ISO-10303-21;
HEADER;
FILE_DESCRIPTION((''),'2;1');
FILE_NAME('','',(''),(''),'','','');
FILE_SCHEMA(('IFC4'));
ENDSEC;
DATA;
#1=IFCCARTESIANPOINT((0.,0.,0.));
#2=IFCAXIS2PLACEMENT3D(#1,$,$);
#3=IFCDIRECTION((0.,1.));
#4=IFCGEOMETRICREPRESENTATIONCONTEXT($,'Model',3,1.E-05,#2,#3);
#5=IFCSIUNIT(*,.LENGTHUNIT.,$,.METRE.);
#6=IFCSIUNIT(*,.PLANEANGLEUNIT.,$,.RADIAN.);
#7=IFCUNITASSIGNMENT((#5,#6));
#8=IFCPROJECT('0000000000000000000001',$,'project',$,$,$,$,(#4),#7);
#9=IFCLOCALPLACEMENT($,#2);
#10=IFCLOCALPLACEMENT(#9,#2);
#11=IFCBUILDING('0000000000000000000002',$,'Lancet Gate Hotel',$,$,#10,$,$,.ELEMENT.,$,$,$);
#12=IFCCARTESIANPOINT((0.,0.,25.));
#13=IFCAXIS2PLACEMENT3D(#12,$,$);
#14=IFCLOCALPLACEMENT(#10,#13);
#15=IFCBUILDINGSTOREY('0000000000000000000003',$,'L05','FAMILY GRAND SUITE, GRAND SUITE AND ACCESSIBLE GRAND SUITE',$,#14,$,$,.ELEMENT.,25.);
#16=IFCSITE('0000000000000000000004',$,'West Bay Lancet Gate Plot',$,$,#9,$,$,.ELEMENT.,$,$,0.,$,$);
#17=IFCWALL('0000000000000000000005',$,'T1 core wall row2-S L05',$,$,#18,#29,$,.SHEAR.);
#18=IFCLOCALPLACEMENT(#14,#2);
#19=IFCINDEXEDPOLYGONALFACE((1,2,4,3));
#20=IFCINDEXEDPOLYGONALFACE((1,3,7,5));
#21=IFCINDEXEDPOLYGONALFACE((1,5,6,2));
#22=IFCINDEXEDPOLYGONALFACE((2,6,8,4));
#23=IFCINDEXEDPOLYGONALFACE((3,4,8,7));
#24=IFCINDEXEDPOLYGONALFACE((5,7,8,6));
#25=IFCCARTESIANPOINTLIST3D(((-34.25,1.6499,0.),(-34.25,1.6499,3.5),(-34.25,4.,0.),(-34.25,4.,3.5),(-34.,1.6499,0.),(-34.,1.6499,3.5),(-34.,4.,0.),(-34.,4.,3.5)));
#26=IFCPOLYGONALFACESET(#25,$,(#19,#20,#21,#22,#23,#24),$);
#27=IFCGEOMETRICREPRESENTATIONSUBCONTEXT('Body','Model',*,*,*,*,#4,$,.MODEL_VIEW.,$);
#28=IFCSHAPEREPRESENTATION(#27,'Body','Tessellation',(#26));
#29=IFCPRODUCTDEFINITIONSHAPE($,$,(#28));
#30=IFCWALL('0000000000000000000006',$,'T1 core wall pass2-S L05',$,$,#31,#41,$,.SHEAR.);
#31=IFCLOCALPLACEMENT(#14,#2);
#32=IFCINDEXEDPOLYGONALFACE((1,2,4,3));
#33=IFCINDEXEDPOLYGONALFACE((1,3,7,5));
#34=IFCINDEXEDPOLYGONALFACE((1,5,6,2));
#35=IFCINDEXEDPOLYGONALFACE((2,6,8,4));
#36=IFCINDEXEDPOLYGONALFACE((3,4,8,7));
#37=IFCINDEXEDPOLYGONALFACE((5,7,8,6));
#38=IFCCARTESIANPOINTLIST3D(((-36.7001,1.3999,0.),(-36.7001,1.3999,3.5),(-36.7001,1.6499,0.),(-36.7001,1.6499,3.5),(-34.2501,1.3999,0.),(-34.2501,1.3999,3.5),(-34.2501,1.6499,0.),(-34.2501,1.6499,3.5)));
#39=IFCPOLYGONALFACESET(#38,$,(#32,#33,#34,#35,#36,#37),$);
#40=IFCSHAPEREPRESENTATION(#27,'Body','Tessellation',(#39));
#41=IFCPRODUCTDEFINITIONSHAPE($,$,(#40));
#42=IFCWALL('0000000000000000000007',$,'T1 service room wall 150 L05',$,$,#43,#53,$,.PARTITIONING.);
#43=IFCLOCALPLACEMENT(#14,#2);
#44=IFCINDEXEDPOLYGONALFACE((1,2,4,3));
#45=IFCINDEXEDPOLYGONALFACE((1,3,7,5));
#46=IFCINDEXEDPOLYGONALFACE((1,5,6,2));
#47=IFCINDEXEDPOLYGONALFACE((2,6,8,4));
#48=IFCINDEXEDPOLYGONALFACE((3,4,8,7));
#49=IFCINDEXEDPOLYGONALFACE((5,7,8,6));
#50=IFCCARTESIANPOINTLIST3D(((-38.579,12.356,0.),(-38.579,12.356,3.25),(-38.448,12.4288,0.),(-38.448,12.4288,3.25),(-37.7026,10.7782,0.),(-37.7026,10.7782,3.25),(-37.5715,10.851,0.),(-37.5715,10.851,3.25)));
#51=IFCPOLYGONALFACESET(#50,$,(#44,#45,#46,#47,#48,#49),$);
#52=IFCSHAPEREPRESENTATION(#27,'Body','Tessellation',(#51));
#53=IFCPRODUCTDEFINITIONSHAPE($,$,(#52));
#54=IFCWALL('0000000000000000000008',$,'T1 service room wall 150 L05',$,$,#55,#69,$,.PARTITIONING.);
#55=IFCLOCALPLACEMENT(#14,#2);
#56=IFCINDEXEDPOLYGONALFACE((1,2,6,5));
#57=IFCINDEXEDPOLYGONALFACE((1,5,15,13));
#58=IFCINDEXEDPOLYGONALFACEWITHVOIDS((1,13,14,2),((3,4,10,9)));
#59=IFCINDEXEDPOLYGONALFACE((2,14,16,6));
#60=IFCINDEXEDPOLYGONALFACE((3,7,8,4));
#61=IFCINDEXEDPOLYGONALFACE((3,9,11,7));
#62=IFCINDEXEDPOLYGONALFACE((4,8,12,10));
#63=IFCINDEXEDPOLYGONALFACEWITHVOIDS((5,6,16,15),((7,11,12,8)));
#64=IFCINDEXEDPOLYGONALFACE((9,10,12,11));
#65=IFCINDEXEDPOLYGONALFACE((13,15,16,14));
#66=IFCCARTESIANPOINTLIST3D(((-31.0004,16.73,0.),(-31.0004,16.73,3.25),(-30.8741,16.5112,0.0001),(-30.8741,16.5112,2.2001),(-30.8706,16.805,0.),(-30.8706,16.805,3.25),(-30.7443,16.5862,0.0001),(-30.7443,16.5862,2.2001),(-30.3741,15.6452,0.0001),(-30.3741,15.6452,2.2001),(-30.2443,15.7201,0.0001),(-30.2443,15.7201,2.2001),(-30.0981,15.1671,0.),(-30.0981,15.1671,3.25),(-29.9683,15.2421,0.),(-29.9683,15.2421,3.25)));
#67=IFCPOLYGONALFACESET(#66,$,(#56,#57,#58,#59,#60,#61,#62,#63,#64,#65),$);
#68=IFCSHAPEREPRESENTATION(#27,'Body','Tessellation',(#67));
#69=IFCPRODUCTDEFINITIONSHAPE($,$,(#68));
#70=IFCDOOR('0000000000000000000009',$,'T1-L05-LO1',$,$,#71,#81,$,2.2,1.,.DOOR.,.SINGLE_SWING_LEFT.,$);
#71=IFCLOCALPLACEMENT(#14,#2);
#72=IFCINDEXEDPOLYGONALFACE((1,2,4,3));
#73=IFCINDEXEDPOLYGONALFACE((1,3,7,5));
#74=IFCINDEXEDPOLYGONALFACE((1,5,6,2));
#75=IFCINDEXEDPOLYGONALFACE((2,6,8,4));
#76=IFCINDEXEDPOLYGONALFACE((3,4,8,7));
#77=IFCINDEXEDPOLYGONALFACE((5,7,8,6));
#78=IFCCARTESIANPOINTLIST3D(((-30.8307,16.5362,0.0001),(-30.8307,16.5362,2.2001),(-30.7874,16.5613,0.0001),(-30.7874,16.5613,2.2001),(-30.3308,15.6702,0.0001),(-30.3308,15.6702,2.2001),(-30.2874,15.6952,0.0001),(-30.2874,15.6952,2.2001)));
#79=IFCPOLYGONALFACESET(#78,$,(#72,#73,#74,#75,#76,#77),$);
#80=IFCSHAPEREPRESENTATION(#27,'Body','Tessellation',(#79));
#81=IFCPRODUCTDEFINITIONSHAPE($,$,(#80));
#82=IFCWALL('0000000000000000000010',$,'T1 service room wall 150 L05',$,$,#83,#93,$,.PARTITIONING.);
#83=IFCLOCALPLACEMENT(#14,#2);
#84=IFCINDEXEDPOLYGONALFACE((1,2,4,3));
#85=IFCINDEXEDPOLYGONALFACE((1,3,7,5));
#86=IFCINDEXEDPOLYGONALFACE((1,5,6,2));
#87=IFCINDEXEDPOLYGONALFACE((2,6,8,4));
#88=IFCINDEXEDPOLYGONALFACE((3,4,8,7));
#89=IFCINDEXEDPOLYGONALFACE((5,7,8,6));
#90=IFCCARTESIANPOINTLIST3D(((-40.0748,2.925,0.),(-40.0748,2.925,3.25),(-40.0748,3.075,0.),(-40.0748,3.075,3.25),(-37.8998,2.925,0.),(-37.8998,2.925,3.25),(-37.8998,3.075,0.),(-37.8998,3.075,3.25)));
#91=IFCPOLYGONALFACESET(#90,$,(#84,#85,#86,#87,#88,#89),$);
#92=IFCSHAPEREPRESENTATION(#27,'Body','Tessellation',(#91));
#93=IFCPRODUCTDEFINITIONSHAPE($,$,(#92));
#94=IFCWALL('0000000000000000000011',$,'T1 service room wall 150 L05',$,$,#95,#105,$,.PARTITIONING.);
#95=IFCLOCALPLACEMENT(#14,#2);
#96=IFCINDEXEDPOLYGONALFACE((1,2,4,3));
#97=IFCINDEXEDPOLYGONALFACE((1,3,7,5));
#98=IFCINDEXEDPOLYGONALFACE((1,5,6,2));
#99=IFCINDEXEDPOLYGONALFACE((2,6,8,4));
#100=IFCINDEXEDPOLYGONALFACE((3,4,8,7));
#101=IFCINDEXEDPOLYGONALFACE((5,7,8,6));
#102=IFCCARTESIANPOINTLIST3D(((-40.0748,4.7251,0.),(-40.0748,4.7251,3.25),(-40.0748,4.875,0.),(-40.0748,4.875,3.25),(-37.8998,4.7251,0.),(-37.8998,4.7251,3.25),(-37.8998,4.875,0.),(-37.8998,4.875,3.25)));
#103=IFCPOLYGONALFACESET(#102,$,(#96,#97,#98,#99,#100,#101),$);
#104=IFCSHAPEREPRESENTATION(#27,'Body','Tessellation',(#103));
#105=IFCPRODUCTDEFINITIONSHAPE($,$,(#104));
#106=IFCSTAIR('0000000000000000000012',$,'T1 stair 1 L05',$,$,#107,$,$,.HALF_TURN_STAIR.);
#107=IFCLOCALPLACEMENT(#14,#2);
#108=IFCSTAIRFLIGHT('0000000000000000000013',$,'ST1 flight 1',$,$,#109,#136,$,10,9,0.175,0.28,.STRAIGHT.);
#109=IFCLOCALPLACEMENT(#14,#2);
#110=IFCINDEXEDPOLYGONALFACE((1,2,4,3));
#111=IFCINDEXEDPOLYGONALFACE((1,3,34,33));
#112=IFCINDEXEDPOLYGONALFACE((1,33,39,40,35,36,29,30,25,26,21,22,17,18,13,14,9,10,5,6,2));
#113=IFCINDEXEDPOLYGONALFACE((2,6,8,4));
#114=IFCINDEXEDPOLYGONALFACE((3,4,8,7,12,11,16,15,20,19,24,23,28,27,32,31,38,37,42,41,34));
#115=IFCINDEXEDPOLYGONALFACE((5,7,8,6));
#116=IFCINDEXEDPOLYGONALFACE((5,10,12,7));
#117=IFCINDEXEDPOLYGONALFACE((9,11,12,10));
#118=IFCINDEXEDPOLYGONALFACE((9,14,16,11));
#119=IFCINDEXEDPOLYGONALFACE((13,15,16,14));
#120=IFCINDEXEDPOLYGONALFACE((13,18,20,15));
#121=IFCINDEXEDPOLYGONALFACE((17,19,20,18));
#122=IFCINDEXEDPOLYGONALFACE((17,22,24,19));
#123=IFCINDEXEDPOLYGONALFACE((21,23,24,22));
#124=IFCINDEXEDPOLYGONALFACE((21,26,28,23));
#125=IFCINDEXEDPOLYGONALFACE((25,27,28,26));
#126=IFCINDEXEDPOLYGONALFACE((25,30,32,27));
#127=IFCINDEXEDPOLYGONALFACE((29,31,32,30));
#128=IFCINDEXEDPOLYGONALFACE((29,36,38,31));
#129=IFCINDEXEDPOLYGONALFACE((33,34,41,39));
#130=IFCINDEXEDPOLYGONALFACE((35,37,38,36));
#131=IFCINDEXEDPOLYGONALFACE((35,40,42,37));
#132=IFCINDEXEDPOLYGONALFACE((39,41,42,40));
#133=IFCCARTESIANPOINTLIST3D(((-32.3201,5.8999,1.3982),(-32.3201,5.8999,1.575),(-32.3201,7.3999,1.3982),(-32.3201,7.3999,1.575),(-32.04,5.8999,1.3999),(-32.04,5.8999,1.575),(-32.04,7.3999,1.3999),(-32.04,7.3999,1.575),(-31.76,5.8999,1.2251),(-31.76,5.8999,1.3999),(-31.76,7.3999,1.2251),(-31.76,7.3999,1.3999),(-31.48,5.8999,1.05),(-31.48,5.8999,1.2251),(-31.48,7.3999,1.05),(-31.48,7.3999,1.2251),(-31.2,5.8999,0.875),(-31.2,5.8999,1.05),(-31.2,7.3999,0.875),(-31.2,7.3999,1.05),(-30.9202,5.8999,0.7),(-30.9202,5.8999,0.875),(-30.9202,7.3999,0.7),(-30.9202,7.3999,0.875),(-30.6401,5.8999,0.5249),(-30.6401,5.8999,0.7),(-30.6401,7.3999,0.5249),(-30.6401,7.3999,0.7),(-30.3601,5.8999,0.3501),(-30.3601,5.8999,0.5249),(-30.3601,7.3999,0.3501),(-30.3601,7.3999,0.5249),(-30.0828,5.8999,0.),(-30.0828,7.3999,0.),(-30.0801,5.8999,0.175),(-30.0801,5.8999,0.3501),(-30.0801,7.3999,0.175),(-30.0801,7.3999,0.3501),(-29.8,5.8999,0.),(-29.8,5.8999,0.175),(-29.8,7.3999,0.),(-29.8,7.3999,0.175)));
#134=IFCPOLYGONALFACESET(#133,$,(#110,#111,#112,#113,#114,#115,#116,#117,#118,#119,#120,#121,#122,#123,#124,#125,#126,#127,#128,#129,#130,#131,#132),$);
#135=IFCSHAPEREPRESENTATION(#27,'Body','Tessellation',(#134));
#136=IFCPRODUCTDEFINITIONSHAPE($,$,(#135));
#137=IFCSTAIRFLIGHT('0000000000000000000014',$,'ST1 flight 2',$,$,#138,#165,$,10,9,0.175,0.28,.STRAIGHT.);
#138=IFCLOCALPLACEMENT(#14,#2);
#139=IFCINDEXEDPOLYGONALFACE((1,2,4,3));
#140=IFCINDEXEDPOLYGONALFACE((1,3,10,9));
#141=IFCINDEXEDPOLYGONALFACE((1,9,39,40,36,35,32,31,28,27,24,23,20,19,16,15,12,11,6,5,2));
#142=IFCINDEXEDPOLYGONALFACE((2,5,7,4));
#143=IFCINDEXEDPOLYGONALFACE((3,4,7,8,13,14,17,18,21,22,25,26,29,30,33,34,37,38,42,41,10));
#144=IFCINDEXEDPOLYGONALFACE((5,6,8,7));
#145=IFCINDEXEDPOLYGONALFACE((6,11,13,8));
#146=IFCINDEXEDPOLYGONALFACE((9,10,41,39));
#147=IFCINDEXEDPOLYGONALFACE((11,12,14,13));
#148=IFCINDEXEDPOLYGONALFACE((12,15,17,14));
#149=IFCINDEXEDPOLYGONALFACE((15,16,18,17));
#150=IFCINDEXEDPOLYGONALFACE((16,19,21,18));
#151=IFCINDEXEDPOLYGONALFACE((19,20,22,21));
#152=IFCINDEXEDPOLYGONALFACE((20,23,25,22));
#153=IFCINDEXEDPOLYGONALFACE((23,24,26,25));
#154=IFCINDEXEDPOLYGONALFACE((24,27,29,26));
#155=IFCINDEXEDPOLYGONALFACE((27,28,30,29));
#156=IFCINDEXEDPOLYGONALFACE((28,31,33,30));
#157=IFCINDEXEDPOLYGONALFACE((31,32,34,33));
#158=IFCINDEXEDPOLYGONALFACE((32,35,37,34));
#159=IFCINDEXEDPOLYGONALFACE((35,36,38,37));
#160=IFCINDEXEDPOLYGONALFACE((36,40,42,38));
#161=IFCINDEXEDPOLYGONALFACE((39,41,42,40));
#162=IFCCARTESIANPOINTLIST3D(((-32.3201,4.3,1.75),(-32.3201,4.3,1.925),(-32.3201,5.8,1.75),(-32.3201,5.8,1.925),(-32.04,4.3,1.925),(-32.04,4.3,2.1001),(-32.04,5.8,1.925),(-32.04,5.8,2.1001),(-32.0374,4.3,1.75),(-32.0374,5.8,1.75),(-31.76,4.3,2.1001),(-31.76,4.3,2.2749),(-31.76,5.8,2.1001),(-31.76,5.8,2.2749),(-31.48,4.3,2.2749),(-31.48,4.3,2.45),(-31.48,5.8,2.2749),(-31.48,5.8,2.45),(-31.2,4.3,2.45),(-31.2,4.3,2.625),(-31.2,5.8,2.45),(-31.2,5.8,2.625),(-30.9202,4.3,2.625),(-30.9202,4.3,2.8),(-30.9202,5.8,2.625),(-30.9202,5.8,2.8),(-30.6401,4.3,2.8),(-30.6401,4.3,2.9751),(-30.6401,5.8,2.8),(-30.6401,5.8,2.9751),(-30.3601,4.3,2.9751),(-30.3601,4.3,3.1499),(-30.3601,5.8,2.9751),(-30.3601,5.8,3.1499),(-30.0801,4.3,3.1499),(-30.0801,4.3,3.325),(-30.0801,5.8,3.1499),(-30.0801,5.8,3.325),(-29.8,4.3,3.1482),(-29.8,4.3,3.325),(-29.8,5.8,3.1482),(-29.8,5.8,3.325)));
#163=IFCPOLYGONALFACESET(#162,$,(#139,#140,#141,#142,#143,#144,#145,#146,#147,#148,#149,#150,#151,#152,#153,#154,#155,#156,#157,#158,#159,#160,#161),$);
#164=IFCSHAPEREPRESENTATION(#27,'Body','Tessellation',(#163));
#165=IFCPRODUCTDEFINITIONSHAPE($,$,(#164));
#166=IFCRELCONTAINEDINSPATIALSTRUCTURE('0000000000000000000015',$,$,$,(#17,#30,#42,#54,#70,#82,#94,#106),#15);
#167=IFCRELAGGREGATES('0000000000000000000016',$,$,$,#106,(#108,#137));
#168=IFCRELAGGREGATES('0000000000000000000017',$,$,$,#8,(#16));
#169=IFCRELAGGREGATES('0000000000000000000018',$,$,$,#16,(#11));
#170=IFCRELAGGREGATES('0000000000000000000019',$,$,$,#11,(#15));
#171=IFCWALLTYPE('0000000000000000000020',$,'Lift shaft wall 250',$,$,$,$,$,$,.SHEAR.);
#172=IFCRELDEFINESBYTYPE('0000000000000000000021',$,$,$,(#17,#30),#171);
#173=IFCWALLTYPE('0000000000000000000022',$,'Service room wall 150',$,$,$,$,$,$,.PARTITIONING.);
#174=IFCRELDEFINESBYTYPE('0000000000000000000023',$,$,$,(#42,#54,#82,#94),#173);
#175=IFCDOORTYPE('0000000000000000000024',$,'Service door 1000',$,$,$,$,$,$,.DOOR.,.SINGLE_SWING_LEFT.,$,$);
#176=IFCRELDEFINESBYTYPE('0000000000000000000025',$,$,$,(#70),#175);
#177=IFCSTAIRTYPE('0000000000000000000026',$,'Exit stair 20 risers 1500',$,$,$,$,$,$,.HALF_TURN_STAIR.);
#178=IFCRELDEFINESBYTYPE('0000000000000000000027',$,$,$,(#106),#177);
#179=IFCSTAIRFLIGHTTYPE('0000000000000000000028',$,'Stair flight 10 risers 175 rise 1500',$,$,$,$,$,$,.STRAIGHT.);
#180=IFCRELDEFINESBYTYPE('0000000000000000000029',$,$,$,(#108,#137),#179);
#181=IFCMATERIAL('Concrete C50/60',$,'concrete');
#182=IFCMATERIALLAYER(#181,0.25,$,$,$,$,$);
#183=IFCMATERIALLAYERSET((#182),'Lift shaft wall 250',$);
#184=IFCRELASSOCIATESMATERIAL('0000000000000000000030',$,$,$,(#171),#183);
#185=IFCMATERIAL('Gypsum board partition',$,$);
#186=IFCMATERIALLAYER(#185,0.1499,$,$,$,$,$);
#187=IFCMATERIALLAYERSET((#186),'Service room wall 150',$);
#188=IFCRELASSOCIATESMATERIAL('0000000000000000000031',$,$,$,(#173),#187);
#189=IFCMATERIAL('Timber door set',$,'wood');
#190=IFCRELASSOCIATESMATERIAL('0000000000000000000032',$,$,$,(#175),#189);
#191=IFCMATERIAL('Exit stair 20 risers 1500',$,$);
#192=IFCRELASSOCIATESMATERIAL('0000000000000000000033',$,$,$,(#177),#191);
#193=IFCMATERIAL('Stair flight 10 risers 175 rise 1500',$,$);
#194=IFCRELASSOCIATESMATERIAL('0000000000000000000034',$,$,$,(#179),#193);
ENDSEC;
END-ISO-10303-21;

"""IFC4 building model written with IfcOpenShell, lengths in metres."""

from ifc_helpers import new_model, si_unit, direction, frame, frame_2d, origin, place, context, subcontext, project, spatial, polyline, rectangle, outline, extrude, material, layer, layer_set, type_object, element, fill, aggregate, save


model = new_model("IFC4")

# Units and contexts
model_context = context("Model", 3, precision=1e-05, world=origin(), true_north=direction((0.0, 1.0)))
body_context = subcontext(model_context, "Body", "Model", "MODEL_VIEW")
ifc_project = project(units=[si_unit("LENGTHUNIT", "METRE"), si_unit("PLANEANGLEUNIT", "RADIAN")], contexts=[model_context])

# Site, building, storey
site_placement = place(None, origin())
site = spatial("IfcSite", under=ifc_project, at=site_placement, Name="West Bay Lancet Gate Plot", CompositionType="ELEMENT", RefElevation=0.0)
building_placement = place(site_placement, origin())
building = spatial("IfcBuilding", under=site, at=building_placement, Name="Lancet Gate Hotel", CompositionType="ELEMENT")
storey_placement = place(building_placement, frame((0.0, 0.0, 25.0)))
storey = spatial("IfcBuildingStorey", under=building, at=storey_placement, Name="L05", Description="FAMILY GRAND SUITE, GRAND SUITE AND ACCESSIBLE GRAND SUITE", CompositionType="ELEMENT", Elevation=25.0)

# Shared definitions
ifc_material_1 = material(Name="Concrete C50/60", Category="concrete")
ifc_layer_1 = layer(ifc_material_1, 0.25)
ifc_layer_set_1 = layer_set([ifc_layer_1], Name="Lift shaft wall 250")
wall_type_1 = type_object("IfcWallType", Name="Lift shaft wall 250", PredefinedType="SHEAR", material=ifc_layer_set_1)

# Walls
wall_1_placement = place(storey_placement, frame((-34.125, 4.0, 0.0), z_axis=(0.0, 0.0, 1.0), x_axis=(0.0, -1.0, 0.0)))
element("IfcWall", 1, at=wall_1_placement, inside=storey, type_object=wall_type_1, Name="T1 core wall row2-S L05", PredefinedType="SHEAR", context=body_context, shape_type="SweptSolid", body=[
    extrude(rectangle(XDim=2.3501, YDim=0.25, at=frame_2d((1.175, 0.0))), origin(), (0.0, 0.0, 1.0), 3.5),
])
wall_2_placement = place(storey_placement, frame((-34.25, 1.5249, 0.0), z_axis=(0.0, 0.0, 1.0), x_axis=(-1.0, 0.0, 0.0)))
element("IfcWall", 2, at=wall_2_placement, inside=storey, type_object=wall_type_1, Name="T1 core wall pass2-S L05", PredefinedType="SHEAR", context=body_context, shape_type="SweptSolid", body=[
    extrude(rectangle(XDim=2.45, YDim=0.25, at=frame_2d((1.2251, 0.0))), origin(), (0.0, 0.0, 1.0), 3.5),
])
ifc_material_2 = material(Name="Gypsum board partition")
ifc_layer_2 = layer(ifc_material_2, 0.1499)
ifc_layer_set_2 = layer_set([ifc_layer_2], Name="Service room wall 150")
wall_type_2 = type_object("IfcWallType", Name="Service room wall 150", PredefinedType="PARTITIONING", material=ifc_layer_set_2)
wall_3_placement = place(storey_placement, frame((-38.5134, 12.3923, 0.0), z_axis=(0.0, 0.0, 1.0), x_axis=(0.485586, -0.874189, 0.0)))
element("IfcWall", 3, at=wall_3_placement, inside=storey, type_object=wall_type_2, Name="T1 service room wall 150 L05", PredefinedType="PARTITIONING", context=body_context, shape_type="SweptSolid", body=[
    extrude(rectangle(XDim=1.8049, YDim=0.1499, at=frame_2d((0.9023, 0.0))), origin(), (0.0, 0.0, 1.0), 3.25),
])

# Wall, opening, door
wall_4_placement = place(storey_placement, frame((-30.0332, 15.2046, 0.0), z_axis=(0.0, 0.0, 1.0), x_axis=(-0.49998, 0.866037, 0.0)))
wall_4 = element("IfcWall", 4, at=wall_4_placement, inside=storey, type_object=wall_type_2, Name="T1 service room wall 150 L05", PredefinedType="PARTITIONING", context=body_context, shape_type="SweptSolid", body=[
    extrude(rectangle(XDim=1.8047, YDim=0.1499, at=frame_2d((0.9023, 0.0))), origin(), (0.0, 0.0, 1.0), 3.25),
])
opening_1_placement = place(wall_4_placement, frame((0.552, 0.0, 0.0)))
opening_1 = element("IfcOpeningElement", 5, at=opening_1_placement, cuts=wall_4, PredefinedType="OPENING", context=body_context, shape_type="SweptSolid", body=[
    extrude(rectangle(XDim=1.0, YDim=2.2, at=frame_2d((0.5, 1.1001))), frame((0.0, 0.085, 0.0), z_axis=(0.0, -1.0, 0.0), x_axis=(1.0, 0.0, 0.0)), (0.0, 0.0, 1.0), 0.1699),
])
ifc_material_3 = material(Name="Timber door set", Category="wood")
door_type_1 = type_object("IfcDoorType", Name="Service door 1000", OperationType="SINGLE_SWING_LEFT", PredefinedType="DOOR", material=ifc_material_3)
door_1_placement = place(opening_1_placement, origin())
door_1 = element("IfcDoor", 6, at=door_1_placement, inside=storey, type_object=door_type_1, Name="T1-L05-LO1", OperationType="SINGLE_SWING_LEFT", OverallHeight=2.2, OverallWidth=1.0, PredefinedType="DOOR", context=body_context, shape_type="SweptSolid", body=[
    extrude(rectangle(XDim=1.0, YDim=2.2, at=frame_2d((0.5, 1.1001))), frame((0.0, 0.0249, 0.0), z_axis=(0.0, -1.0, 0.0), x_axis=(1.0, 0.0, 0.0)), (0.0, 0.0, 1.0), 0.05),
])
fill(opening_1, door_1)

# Walls
for number, where, z_axis, x_axis, name in (
    (7, (-37.8999, 3.0, 0.0), (0.0, 0.0, 1.0), (-1.0, 0.0, 0.0), "T1 service room wall 150 L05"),
    (8, (-37.8999, 4.8, 0.0), (0.0, 0.0, 1.0), (-1.0, 0.0, 0.0), "T1 service room wall 150 L05"),
):
    element("IfcWall", number, at=place(storey_placement, frame(where, z_axis=z_axis, x_axis=x_axis)), inside=storey, type_object=wall_type_2, Name=name, PredefinedType="PARTITIONING", context=body_context, shape_type="SweptSolid", body=[
        extrude(rectangle(XDim=2.175, YDim=0.1499, at=frame_2d((1.0874, 0.0))), origin(), (0.0, 0.0, 1.0), 3.25),
    ])

# Stair, stair flights
ifc_material_4 = material(Name="Exit stair 20 risers 1500")
stair_type = type_object("IfcStairType", Name="Exit stair 20 risers 1500", PredefinedType="HALF_TURN_STAIR", material=ifc_material_4)
stair_placement = place(storey_placement, origin())
stair = element("IfcStair", 9, at=stair_placement, inside=storey, type_object=stair_type, Name="T1 stair 1 L05", PredefinedType="HALF_TURN_STAIR")
ifc_material_5 = material(Name="Stair flight 10 risers 175 rise 1500")
stair_flight_type = type_object("IfcStairFlightType", Name="Stair flight 10 risers 175 rise 1500", PredefinedType="STRAIGHT", material=ifc_material_5)
stair_flight_1_placement = place(storey_placement, frame((-29.8, 6.6499, 0.0), z_axis=(0.0, 0.0, 1.0), x_axis=(-1.0, 0.0, 0.0)))
stair_flight_1 = element("IfcStairFlight", 10, at=stair_flight_1_placement, type_object=stair_flight_type, Name="ST1 flight 1", NumberOfRisers=10, NumberOfTreads=9, PredefinedType="STRAIGHT", RiserHeight=0.175, TreadLength=0.28, context=body_context, shape_type="SweptSolid", body=[
    extrude(outline(polyline([(0.0, 0.0), (0.0, 0.175), (0.28, 0.175), (0.28, 0.3501), (0.5601, 0.3501), (0.5601, 0.5249), (0.8401, 0.5249), (0.8401, 0.7), (1.1201, 0.7), (1.1201, 0.875), (1.3999, 0.875), (1.3999, 1.05), (1.6799, 1.05), (1.6799, 1.2251), (1.96, 1.2251), (1.96, 1.3999), (2.24, 1.3999), (2.24, 1.575), (2.52, 1.575), (2.52, 1.75), (2.52, 1.3982), (0.2827, 0.0), (0.0, 0.0)])), frame((0.0, 0.75, 0.0), z_axis=(0.0, -1.0, 0.0), x_axis=(1.0, 0.0, 0.0)), (0.0, 0.0, 1.0), 1.5),
])
stair_flight_2_placement = place(storey_placement, frame((-32.3201, 5.05, 1.75), z_axis=(0.0, 0.0, 1.0), x_axis=(1.0, 0.0, 0.0)))
stair_flight_2 = element("IfcStairFlight", 11, at=stair_flight_2_placement, type_object=stair_flight_type, Name="ST1 flight 2", NumberOfRisers=10, NumberOfTreads=9, PredefinedType="STRAIGHT", RiserHeight=0.175, TreadLength=0.28, context=body_context, shape_type="SweptSolid", body=[
    extrude(outline(polyline([(0.0, 0.0), (0.0, 0.175), (0.28, 0.175), (0.28, 0.3501), (0.5601, 0.3501), (0.5601, 0.5249), (0.8401, 0.5249), (0.8401, 0.7), (1.1201, 0.7), (1.1201, 0.875), (1.3999, 0.875), (1.3999, 1.05), (1.6799, 1.05), (1.6799, 1.2251), (1.96, 1.2251), (1.96, 1.3999), (2.24, 1.3999), (2.24, 1.575), (2.52, 1.575), (2.52, 1.75), (2.52, 1.3982), (0.2827, 0.0), (0.0, 0.0)])), frame((0.0, 0.75, 0.0), z_axis=(0.0, -1.0, 0.0), x_axis=(1.0, 0.0, 0.0)), (0.0, 0.0, 1.0), 1.5),
])
aggregate(stair, [stair_flight_1, stair_flight_2])

save(model, "model.ifc")
